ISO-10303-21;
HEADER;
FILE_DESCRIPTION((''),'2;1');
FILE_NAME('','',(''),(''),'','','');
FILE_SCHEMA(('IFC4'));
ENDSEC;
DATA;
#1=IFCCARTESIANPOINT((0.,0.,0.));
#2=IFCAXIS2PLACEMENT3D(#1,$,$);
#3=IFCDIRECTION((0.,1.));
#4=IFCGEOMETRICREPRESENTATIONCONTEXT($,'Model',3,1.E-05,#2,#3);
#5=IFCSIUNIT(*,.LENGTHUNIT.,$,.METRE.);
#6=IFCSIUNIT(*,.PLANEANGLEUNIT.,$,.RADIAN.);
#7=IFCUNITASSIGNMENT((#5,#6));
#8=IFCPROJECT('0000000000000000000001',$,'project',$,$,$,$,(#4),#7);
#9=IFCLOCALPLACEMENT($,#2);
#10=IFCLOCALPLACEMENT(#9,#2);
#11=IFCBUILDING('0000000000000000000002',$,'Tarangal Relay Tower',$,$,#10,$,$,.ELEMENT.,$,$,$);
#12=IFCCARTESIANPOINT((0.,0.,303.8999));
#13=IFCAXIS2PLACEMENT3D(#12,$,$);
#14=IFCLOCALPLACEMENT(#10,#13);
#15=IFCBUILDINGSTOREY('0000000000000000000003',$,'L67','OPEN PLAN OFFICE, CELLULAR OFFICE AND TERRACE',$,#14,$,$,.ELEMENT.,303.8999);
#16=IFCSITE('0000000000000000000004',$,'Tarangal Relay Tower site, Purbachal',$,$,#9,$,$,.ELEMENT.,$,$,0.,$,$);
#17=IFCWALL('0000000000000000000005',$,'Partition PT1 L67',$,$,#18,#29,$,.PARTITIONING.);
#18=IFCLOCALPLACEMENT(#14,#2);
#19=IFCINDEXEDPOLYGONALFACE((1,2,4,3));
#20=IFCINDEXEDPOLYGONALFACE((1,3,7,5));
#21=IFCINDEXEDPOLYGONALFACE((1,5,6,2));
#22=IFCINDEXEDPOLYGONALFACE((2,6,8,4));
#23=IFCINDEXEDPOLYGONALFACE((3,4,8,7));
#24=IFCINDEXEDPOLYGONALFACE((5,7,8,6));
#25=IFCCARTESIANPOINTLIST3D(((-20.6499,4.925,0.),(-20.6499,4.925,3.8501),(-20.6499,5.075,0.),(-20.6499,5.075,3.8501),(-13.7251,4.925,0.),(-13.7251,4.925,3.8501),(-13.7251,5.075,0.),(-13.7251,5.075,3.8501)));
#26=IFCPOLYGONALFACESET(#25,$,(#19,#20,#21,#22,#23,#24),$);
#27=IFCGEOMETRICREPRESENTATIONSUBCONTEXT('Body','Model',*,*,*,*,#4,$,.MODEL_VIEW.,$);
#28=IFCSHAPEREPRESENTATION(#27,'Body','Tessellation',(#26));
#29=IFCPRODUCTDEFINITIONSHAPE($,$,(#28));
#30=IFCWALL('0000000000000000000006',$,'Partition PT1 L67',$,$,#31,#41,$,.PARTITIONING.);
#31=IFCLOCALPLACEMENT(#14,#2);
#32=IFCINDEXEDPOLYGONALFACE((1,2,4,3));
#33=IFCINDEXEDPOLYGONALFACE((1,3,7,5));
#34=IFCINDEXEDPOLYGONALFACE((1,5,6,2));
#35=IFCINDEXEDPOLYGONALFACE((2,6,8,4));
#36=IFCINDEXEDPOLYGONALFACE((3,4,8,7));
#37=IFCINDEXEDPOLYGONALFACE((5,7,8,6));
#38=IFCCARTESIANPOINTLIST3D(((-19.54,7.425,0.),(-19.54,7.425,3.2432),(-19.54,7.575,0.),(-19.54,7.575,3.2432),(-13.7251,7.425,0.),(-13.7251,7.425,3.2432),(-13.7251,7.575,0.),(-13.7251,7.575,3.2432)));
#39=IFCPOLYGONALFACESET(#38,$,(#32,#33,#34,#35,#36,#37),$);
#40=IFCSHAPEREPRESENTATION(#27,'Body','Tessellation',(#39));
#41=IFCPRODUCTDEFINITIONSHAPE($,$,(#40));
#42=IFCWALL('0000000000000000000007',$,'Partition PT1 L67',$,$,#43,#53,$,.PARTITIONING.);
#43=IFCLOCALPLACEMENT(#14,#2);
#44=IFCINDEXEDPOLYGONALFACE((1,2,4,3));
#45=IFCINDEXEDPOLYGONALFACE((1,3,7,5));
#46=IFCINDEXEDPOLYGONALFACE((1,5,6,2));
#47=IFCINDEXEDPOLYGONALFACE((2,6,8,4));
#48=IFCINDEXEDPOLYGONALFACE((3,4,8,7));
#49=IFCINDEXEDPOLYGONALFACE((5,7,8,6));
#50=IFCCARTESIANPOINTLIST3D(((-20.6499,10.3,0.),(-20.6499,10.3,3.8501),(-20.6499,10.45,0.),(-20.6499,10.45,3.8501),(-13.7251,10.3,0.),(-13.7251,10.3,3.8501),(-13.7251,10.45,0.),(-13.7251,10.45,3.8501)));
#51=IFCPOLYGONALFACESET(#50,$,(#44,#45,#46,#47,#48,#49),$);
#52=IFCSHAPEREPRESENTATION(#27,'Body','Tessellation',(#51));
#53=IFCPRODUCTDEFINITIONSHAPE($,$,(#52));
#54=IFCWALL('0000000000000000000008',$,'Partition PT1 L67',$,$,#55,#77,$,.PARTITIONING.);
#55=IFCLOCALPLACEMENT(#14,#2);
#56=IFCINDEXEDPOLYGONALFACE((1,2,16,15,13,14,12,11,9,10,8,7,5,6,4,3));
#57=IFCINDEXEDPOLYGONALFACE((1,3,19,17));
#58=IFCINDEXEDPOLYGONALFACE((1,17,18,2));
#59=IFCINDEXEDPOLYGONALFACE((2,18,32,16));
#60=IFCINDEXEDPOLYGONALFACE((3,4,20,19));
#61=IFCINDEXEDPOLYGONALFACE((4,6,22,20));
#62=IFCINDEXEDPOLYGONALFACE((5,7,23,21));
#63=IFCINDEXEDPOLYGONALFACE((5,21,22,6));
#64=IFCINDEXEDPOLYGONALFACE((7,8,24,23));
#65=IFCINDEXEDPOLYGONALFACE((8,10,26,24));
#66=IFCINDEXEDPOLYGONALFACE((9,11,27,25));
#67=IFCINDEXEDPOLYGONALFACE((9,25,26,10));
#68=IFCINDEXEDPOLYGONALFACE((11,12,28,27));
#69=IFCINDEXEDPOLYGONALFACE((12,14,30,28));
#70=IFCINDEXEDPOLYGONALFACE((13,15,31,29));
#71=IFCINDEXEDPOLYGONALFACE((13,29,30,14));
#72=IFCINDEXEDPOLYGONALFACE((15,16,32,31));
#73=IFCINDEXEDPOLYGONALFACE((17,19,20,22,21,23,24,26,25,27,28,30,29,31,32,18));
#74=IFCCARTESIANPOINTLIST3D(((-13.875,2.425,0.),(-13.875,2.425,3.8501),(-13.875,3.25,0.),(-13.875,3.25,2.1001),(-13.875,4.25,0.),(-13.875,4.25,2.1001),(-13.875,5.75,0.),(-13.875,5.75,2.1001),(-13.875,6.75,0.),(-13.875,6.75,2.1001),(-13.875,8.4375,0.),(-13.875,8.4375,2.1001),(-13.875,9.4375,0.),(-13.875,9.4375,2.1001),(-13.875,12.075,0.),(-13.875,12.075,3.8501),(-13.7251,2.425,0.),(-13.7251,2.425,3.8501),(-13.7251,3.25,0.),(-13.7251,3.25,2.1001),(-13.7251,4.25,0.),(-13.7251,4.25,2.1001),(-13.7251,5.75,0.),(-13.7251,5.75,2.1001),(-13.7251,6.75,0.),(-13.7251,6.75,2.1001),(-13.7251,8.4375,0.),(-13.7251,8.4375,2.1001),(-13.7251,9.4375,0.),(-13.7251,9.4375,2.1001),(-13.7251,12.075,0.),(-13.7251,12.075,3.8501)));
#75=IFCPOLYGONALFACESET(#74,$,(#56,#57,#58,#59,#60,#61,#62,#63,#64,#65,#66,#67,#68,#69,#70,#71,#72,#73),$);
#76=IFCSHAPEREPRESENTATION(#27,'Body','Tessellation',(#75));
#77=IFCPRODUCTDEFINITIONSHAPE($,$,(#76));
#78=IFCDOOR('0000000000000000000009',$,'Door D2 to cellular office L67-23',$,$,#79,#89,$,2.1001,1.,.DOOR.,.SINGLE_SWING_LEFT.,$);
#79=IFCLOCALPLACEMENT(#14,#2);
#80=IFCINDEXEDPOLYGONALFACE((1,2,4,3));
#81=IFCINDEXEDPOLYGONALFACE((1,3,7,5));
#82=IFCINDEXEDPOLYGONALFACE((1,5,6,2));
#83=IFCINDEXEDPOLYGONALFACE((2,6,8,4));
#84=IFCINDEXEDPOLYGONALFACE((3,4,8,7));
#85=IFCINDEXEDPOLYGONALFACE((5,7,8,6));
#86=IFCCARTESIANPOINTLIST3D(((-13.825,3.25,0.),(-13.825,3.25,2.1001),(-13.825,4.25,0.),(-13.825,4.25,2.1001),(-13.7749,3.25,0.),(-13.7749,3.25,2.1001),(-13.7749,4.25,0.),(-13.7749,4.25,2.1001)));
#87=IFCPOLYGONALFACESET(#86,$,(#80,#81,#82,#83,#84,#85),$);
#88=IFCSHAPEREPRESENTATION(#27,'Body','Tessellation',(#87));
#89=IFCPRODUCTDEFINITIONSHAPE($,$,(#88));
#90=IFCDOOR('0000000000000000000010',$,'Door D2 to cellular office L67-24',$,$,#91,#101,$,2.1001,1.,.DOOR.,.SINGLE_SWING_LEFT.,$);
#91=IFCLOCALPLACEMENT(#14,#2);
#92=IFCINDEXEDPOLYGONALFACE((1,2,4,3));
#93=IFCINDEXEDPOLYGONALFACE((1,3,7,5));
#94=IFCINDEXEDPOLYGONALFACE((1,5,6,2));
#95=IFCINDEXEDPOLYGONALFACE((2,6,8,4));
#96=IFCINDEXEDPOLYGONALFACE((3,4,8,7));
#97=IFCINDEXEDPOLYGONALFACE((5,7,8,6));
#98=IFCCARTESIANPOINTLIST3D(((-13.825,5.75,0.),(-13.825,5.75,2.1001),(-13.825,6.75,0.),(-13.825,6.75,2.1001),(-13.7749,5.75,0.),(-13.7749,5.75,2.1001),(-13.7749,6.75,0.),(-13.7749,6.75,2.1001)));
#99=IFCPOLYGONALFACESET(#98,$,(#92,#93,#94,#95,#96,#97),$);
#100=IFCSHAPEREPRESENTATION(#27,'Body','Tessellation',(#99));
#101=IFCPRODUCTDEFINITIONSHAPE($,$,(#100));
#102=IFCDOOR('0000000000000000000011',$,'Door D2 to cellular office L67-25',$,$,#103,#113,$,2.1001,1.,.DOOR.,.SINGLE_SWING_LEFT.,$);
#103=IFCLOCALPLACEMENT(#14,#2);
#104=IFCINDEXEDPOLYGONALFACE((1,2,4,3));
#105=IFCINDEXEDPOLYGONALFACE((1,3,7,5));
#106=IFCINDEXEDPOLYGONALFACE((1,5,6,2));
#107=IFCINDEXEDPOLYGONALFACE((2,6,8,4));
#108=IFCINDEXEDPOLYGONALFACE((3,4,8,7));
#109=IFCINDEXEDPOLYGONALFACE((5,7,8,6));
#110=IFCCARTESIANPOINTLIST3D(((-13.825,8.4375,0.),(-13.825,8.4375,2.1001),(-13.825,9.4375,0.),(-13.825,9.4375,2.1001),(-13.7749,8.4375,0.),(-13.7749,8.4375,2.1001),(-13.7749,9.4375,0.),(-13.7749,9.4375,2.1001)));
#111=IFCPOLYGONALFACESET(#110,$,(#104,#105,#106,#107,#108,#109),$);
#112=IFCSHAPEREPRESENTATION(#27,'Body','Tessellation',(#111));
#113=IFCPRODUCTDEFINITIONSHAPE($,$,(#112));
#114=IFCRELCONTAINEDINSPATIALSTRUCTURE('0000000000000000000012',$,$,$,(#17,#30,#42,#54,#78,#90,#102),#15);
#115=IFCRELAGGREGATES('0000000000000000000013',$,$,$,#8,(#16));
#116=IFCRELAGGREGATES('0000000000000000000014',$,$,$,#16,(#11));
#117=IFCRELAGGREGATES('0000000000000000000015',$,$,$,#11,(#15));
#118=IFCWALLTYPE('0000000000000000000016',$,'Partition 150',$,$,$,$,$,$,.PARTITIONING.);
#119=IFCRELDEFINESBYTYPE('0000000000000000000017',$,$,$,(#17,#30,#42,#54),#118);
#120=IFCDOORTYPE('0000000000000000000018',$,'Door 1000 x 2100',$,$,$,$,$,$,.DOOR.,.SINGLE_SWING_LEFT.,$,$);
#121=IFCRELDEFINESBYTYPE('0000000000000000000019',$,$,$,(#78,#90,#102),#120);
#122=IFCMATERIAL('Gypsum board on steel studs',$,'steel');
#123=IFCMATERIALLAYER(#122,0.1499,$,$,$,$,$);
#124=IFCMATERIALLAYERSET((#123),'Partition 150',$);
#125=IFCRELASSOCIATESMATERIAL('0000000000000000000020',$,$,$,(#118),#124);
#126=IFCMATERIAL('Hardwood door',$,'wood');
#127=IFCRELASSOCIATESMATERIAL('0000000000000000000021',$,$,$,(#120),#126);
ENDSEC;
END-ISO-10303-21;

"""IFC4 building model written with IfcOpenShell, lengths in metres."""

from ifc_helpers import new_model, si_unit, direction, frame, frame_2d, origin, place, context, subcontext, project, spatial, rectangle, extrude, material, layer, layer_set, type_object, element, fill, save


model = new_model("IFC4")

# Units and contexts
model_context = context("Model", 3, precision=1e-05, world=origin(), true_north=direction((0.0, 1.0)))
body_context = subcontext(model_context, "Body", "Model", "MODEL_VIEW")
ifc_project = project(units=[si_unit("LENGTHUNIT", "METRE"), si_unit("PLANEANGLEUNIT", "RADIAN")], contexts=[model_context])

# Site, building, storey
site_placement = place(None, origin())
site = spatial("IfcSite", under=ifc_project, at=site_placement, Name="Tarangal Relay Tower site, Purbachal", CompositionType="ELEMENT", RefElevation=0.0)
building_placement = place(site_placement, origin())
building = spatial("IfcBuilding", under=site, at=building_placement, Name="Tarangal Relay Tower", CompositionType="ELEMENT")
storey_placement = place(building_placement, frame((0.0, 0.0, 303.8999)))
storey = spatial("IfcBuildingStorey", under=building, at=storey_placement, Name="L67", Description="OPEN PLAN OFFICE, CELLULAR OFFICE AND TERRACE", CompositionType="ELEMENT", Elevation=303.8999)

# Walls
ifc_material_1 = material(Name="Gypsum board on steel studs", Category="steel")
ifc_layer_1 = layer(ifc_material_1, 0.1499)
ifc_layer_set_1 = layer_set([ifc_layer_1], Name="Partition 150")
wall_type_1 = type_object("IfcWallType", Name="Partition 150", PredefinedType="PARTITIONING", material=ifc_layer_set_1)
wall_1_placement = place(storey_placement, frame((-20.6499, 5.0, 0.0), z_axis=(0.0, 0.0, 1.0), x_axis=(1.0, 0.0, 0.0)))
element("IfcWall", 1, at=wall_1_placement, inside=storey, type_object=wall_type_1, Name="Partition PT1 L67", PredefinedType="PARTITIONING", context=body_context, shape_type="SweptSolid", body=[
    extrude(rectangle(XDim=6.9248, YDim=0.1499, at=frame_2d((3.4624, 0.0))), origin(), (0.0, 0.0, 1.0), 3.8501),
])
wall_2_placement = place(storey_placement, frame((-19.54, 7.5, 0.0), z_axis=(0.0, 0.0, 1.0), x_axis=(1.0, 0.0, 0.0)))
element("IfcWall", 2, at=wall_2_placement, inside=storey, type_object=wall_type_1, Name="Partition PT1 L67", PredefinedType="PARTITIONING", context=body_context, shape_type="SweptSolid", body=[
    extrude(rectangle(XDim=5.8149, YDim=0.1499, at=frame_2d((2.9075, 0.0))), origin(), (0.0, 0.0, 1.0), 3.2432),
])
wall_3_placement = place(storey_placement, frame((-20.6499, 10.375, 0.0), z_axis=(0.0, 0.0, 1.0), x_axis=(1.0, 0.0, 0.0)))
element("IfcWall", 3, at=wall_3_placement, inside=storey, type_object=wall_type_1, Name="Partition PT1 L67", PredefinedType="PARTITIONING", context=body_context, shape_type="SweptSolid", body=[
    extrude(rectangle(XDim=6.9248, YDim=0.1499, at=frame_2d((3.4624, 0.0))), origin(), (0.0, 0.0, 1.0), 3.8501),
])

# Wall, openings, doors
wall_4_placement = place(storey_placement, frame((-13.8, 2.425, 0.0), z_axis=(0.0, 0.0, 1.0), x_axis=(0.0, 1.0, 0.0)))
wall_4 = element("IfcWall", 4, at=wall_4_placement, inside=storey, type_object=wall_type_1, Name="Partition PT1 L67", PredefinedType="PARTITIONING", context=body_context, shape_type="SweptSolid", body=[
    extrude(rectangle(XDim=9.6499, YDim=0.1499, at=frame_2d((4.825, 0.0))), origin(), (0.0, 0.0, 1.0), 3.8501),
])
opening_1_placement = place(wall_4_placement, frame((0.825, 0.0, 0.0)))
opening_1 = element("IfcOpeningElement", 5, at=opening_1_placement, cuts=wall_4, PredefinedType="OPENING", context=body_context, shape_type="SweptSolid", body=[
    extrude(rectangle(XDim=1.0, YDim=2.1001, at=frame_2d((0.5, 1.05))), frame((0.0, 0.085, 0.0), z_axis=(0.0, -1.0, 0.0), x_axis=(1.0, 0.0, 0.0)), (0.0, 0.0, 1.0), 0.1699),
])
opening_2_placement = place(wall_4_placement, frame((3.325, 0.0, 0.0)))
opening_2 = element("IfcOpeningElement", 6, at=opening_2_placement, cuts=wall_4, PredefinedType="OPENING", context=body_context, shape_type="SweptSolid", body=[
    extrude(rectangle(XDim=1.0, YDim=2.1001, at=frame_2d((0.5, 1.05))), frame((0.0, 0.085, 0.0), z_axis=(0.0, -1.0, 0.0), x_axis=(1.0, 0.0, 0.0)), (0.0, 0.0, 1.0), 0.1699),
])
opening_3_placement = place(wall_4_placement, frame((6.0125, 0.0, 0.0)))
opening_3 = element("IfcOpeningElement", 7, at=opening_3_placement, cuts=wall_4, PredefinedType="OPENING", context=body_context, shape_type="SweptSolid", body=[
    extrude(rectangle(XDim=1.0, YDim=2.1001, at=frame_2d((0.5, 1.05))), frame((0.0, 0.085, 0.0), z_axis=(0.0, -1.0, 0.0), x_axis=(1.0, 0.0, 0.0)), (0.0, 0.0, 1.0), 0.1699),
])
ifc_material_2 = material(Name="Hardwood door", Category="wood")
door_type_1 = type_object("IfcDoorType", Name="Door 1000 x 2100", OperationType="SINGLE_SWING_LEFT", PredefinedType="DOOR", material=ifc_material_2)
door_1_placement = place(opening_1_placement, origin())
door_1 = element("IfcDoor", 8, at=door_1_placement, inside=storey, type_object=door_type_1, Name="Door D2 to cellular office L67-23", OperationType="SINGLE_SWING_LEFT", OverallHeight=2.1001, OverallWidth=1.0, PredefinedType="DOOR", context=body_context, shape_type="SweptSolid", body=[
    extrude(rectangle(XDim=1.0, YDim=2.1001, at=frame_2d((0.5, 1.05))), frame((0.0, 0.0249, 0.0), z_axis=(0.0, -1.0, 0.0), x_axis=(1.0, 0.0, 0.0)), (0.0, 0.0, 1.0), 0.05),
])
fill(opening_1, door_1)
door_2_placement = place(opening_2_placement, origin())
door_2 = element("IfcDoor", 9, at=door_2_placement, inside=storey, type_object=door_type_1, Name="Door D2 to cellular office L67-24", OperationType="SINGLE_SWING_LEFT", OverallHeight=2.1001, OverallWidth=1.0, PredefinedType="DOOR", context=body_context, shape_type="SweptSolid", body=[
    extrude(rectangle(XDim=1.0, YDim=2.1001, at=frame_2d((0.5, 1.05))), frame((0.0, 0.0249, 0.0), z_axis=(0.0, -1.0, 0.0), x_axis=(1.0, 0.0, 0.0)), (0.0, 0.0, 1.0), 0.05),
])
fill(opening_2, door_2)
door_3_placement = place(opening_3_placement, origin())
door_3 = element("IfcDoor", 10, at=door_3_placement, inside=storey, type_object=door_type_1, Name="Door D2 to cellular office L67-25", OperationType="SINGLE_SWING_LEFT", OverallHeight=2.1001, OverallWidth=1.0, PredefinedType="DOOR", context=body_context, shape_type="SweptSolid", body=[
    extrude(rectangle(XDim=1.0, YDim=2.1001, at=frame_2d((0.5, 1.05))), frame((0.0, 0.0249, 0.0), z_axis=(0.0, -1.0, 0.0), x_axis=(1.0, 0.0, 0.0)), (0.0, 0.0, 1.0), 0.05),
])
fill(opening_3, door_3)

save(model, "model.ifc")
